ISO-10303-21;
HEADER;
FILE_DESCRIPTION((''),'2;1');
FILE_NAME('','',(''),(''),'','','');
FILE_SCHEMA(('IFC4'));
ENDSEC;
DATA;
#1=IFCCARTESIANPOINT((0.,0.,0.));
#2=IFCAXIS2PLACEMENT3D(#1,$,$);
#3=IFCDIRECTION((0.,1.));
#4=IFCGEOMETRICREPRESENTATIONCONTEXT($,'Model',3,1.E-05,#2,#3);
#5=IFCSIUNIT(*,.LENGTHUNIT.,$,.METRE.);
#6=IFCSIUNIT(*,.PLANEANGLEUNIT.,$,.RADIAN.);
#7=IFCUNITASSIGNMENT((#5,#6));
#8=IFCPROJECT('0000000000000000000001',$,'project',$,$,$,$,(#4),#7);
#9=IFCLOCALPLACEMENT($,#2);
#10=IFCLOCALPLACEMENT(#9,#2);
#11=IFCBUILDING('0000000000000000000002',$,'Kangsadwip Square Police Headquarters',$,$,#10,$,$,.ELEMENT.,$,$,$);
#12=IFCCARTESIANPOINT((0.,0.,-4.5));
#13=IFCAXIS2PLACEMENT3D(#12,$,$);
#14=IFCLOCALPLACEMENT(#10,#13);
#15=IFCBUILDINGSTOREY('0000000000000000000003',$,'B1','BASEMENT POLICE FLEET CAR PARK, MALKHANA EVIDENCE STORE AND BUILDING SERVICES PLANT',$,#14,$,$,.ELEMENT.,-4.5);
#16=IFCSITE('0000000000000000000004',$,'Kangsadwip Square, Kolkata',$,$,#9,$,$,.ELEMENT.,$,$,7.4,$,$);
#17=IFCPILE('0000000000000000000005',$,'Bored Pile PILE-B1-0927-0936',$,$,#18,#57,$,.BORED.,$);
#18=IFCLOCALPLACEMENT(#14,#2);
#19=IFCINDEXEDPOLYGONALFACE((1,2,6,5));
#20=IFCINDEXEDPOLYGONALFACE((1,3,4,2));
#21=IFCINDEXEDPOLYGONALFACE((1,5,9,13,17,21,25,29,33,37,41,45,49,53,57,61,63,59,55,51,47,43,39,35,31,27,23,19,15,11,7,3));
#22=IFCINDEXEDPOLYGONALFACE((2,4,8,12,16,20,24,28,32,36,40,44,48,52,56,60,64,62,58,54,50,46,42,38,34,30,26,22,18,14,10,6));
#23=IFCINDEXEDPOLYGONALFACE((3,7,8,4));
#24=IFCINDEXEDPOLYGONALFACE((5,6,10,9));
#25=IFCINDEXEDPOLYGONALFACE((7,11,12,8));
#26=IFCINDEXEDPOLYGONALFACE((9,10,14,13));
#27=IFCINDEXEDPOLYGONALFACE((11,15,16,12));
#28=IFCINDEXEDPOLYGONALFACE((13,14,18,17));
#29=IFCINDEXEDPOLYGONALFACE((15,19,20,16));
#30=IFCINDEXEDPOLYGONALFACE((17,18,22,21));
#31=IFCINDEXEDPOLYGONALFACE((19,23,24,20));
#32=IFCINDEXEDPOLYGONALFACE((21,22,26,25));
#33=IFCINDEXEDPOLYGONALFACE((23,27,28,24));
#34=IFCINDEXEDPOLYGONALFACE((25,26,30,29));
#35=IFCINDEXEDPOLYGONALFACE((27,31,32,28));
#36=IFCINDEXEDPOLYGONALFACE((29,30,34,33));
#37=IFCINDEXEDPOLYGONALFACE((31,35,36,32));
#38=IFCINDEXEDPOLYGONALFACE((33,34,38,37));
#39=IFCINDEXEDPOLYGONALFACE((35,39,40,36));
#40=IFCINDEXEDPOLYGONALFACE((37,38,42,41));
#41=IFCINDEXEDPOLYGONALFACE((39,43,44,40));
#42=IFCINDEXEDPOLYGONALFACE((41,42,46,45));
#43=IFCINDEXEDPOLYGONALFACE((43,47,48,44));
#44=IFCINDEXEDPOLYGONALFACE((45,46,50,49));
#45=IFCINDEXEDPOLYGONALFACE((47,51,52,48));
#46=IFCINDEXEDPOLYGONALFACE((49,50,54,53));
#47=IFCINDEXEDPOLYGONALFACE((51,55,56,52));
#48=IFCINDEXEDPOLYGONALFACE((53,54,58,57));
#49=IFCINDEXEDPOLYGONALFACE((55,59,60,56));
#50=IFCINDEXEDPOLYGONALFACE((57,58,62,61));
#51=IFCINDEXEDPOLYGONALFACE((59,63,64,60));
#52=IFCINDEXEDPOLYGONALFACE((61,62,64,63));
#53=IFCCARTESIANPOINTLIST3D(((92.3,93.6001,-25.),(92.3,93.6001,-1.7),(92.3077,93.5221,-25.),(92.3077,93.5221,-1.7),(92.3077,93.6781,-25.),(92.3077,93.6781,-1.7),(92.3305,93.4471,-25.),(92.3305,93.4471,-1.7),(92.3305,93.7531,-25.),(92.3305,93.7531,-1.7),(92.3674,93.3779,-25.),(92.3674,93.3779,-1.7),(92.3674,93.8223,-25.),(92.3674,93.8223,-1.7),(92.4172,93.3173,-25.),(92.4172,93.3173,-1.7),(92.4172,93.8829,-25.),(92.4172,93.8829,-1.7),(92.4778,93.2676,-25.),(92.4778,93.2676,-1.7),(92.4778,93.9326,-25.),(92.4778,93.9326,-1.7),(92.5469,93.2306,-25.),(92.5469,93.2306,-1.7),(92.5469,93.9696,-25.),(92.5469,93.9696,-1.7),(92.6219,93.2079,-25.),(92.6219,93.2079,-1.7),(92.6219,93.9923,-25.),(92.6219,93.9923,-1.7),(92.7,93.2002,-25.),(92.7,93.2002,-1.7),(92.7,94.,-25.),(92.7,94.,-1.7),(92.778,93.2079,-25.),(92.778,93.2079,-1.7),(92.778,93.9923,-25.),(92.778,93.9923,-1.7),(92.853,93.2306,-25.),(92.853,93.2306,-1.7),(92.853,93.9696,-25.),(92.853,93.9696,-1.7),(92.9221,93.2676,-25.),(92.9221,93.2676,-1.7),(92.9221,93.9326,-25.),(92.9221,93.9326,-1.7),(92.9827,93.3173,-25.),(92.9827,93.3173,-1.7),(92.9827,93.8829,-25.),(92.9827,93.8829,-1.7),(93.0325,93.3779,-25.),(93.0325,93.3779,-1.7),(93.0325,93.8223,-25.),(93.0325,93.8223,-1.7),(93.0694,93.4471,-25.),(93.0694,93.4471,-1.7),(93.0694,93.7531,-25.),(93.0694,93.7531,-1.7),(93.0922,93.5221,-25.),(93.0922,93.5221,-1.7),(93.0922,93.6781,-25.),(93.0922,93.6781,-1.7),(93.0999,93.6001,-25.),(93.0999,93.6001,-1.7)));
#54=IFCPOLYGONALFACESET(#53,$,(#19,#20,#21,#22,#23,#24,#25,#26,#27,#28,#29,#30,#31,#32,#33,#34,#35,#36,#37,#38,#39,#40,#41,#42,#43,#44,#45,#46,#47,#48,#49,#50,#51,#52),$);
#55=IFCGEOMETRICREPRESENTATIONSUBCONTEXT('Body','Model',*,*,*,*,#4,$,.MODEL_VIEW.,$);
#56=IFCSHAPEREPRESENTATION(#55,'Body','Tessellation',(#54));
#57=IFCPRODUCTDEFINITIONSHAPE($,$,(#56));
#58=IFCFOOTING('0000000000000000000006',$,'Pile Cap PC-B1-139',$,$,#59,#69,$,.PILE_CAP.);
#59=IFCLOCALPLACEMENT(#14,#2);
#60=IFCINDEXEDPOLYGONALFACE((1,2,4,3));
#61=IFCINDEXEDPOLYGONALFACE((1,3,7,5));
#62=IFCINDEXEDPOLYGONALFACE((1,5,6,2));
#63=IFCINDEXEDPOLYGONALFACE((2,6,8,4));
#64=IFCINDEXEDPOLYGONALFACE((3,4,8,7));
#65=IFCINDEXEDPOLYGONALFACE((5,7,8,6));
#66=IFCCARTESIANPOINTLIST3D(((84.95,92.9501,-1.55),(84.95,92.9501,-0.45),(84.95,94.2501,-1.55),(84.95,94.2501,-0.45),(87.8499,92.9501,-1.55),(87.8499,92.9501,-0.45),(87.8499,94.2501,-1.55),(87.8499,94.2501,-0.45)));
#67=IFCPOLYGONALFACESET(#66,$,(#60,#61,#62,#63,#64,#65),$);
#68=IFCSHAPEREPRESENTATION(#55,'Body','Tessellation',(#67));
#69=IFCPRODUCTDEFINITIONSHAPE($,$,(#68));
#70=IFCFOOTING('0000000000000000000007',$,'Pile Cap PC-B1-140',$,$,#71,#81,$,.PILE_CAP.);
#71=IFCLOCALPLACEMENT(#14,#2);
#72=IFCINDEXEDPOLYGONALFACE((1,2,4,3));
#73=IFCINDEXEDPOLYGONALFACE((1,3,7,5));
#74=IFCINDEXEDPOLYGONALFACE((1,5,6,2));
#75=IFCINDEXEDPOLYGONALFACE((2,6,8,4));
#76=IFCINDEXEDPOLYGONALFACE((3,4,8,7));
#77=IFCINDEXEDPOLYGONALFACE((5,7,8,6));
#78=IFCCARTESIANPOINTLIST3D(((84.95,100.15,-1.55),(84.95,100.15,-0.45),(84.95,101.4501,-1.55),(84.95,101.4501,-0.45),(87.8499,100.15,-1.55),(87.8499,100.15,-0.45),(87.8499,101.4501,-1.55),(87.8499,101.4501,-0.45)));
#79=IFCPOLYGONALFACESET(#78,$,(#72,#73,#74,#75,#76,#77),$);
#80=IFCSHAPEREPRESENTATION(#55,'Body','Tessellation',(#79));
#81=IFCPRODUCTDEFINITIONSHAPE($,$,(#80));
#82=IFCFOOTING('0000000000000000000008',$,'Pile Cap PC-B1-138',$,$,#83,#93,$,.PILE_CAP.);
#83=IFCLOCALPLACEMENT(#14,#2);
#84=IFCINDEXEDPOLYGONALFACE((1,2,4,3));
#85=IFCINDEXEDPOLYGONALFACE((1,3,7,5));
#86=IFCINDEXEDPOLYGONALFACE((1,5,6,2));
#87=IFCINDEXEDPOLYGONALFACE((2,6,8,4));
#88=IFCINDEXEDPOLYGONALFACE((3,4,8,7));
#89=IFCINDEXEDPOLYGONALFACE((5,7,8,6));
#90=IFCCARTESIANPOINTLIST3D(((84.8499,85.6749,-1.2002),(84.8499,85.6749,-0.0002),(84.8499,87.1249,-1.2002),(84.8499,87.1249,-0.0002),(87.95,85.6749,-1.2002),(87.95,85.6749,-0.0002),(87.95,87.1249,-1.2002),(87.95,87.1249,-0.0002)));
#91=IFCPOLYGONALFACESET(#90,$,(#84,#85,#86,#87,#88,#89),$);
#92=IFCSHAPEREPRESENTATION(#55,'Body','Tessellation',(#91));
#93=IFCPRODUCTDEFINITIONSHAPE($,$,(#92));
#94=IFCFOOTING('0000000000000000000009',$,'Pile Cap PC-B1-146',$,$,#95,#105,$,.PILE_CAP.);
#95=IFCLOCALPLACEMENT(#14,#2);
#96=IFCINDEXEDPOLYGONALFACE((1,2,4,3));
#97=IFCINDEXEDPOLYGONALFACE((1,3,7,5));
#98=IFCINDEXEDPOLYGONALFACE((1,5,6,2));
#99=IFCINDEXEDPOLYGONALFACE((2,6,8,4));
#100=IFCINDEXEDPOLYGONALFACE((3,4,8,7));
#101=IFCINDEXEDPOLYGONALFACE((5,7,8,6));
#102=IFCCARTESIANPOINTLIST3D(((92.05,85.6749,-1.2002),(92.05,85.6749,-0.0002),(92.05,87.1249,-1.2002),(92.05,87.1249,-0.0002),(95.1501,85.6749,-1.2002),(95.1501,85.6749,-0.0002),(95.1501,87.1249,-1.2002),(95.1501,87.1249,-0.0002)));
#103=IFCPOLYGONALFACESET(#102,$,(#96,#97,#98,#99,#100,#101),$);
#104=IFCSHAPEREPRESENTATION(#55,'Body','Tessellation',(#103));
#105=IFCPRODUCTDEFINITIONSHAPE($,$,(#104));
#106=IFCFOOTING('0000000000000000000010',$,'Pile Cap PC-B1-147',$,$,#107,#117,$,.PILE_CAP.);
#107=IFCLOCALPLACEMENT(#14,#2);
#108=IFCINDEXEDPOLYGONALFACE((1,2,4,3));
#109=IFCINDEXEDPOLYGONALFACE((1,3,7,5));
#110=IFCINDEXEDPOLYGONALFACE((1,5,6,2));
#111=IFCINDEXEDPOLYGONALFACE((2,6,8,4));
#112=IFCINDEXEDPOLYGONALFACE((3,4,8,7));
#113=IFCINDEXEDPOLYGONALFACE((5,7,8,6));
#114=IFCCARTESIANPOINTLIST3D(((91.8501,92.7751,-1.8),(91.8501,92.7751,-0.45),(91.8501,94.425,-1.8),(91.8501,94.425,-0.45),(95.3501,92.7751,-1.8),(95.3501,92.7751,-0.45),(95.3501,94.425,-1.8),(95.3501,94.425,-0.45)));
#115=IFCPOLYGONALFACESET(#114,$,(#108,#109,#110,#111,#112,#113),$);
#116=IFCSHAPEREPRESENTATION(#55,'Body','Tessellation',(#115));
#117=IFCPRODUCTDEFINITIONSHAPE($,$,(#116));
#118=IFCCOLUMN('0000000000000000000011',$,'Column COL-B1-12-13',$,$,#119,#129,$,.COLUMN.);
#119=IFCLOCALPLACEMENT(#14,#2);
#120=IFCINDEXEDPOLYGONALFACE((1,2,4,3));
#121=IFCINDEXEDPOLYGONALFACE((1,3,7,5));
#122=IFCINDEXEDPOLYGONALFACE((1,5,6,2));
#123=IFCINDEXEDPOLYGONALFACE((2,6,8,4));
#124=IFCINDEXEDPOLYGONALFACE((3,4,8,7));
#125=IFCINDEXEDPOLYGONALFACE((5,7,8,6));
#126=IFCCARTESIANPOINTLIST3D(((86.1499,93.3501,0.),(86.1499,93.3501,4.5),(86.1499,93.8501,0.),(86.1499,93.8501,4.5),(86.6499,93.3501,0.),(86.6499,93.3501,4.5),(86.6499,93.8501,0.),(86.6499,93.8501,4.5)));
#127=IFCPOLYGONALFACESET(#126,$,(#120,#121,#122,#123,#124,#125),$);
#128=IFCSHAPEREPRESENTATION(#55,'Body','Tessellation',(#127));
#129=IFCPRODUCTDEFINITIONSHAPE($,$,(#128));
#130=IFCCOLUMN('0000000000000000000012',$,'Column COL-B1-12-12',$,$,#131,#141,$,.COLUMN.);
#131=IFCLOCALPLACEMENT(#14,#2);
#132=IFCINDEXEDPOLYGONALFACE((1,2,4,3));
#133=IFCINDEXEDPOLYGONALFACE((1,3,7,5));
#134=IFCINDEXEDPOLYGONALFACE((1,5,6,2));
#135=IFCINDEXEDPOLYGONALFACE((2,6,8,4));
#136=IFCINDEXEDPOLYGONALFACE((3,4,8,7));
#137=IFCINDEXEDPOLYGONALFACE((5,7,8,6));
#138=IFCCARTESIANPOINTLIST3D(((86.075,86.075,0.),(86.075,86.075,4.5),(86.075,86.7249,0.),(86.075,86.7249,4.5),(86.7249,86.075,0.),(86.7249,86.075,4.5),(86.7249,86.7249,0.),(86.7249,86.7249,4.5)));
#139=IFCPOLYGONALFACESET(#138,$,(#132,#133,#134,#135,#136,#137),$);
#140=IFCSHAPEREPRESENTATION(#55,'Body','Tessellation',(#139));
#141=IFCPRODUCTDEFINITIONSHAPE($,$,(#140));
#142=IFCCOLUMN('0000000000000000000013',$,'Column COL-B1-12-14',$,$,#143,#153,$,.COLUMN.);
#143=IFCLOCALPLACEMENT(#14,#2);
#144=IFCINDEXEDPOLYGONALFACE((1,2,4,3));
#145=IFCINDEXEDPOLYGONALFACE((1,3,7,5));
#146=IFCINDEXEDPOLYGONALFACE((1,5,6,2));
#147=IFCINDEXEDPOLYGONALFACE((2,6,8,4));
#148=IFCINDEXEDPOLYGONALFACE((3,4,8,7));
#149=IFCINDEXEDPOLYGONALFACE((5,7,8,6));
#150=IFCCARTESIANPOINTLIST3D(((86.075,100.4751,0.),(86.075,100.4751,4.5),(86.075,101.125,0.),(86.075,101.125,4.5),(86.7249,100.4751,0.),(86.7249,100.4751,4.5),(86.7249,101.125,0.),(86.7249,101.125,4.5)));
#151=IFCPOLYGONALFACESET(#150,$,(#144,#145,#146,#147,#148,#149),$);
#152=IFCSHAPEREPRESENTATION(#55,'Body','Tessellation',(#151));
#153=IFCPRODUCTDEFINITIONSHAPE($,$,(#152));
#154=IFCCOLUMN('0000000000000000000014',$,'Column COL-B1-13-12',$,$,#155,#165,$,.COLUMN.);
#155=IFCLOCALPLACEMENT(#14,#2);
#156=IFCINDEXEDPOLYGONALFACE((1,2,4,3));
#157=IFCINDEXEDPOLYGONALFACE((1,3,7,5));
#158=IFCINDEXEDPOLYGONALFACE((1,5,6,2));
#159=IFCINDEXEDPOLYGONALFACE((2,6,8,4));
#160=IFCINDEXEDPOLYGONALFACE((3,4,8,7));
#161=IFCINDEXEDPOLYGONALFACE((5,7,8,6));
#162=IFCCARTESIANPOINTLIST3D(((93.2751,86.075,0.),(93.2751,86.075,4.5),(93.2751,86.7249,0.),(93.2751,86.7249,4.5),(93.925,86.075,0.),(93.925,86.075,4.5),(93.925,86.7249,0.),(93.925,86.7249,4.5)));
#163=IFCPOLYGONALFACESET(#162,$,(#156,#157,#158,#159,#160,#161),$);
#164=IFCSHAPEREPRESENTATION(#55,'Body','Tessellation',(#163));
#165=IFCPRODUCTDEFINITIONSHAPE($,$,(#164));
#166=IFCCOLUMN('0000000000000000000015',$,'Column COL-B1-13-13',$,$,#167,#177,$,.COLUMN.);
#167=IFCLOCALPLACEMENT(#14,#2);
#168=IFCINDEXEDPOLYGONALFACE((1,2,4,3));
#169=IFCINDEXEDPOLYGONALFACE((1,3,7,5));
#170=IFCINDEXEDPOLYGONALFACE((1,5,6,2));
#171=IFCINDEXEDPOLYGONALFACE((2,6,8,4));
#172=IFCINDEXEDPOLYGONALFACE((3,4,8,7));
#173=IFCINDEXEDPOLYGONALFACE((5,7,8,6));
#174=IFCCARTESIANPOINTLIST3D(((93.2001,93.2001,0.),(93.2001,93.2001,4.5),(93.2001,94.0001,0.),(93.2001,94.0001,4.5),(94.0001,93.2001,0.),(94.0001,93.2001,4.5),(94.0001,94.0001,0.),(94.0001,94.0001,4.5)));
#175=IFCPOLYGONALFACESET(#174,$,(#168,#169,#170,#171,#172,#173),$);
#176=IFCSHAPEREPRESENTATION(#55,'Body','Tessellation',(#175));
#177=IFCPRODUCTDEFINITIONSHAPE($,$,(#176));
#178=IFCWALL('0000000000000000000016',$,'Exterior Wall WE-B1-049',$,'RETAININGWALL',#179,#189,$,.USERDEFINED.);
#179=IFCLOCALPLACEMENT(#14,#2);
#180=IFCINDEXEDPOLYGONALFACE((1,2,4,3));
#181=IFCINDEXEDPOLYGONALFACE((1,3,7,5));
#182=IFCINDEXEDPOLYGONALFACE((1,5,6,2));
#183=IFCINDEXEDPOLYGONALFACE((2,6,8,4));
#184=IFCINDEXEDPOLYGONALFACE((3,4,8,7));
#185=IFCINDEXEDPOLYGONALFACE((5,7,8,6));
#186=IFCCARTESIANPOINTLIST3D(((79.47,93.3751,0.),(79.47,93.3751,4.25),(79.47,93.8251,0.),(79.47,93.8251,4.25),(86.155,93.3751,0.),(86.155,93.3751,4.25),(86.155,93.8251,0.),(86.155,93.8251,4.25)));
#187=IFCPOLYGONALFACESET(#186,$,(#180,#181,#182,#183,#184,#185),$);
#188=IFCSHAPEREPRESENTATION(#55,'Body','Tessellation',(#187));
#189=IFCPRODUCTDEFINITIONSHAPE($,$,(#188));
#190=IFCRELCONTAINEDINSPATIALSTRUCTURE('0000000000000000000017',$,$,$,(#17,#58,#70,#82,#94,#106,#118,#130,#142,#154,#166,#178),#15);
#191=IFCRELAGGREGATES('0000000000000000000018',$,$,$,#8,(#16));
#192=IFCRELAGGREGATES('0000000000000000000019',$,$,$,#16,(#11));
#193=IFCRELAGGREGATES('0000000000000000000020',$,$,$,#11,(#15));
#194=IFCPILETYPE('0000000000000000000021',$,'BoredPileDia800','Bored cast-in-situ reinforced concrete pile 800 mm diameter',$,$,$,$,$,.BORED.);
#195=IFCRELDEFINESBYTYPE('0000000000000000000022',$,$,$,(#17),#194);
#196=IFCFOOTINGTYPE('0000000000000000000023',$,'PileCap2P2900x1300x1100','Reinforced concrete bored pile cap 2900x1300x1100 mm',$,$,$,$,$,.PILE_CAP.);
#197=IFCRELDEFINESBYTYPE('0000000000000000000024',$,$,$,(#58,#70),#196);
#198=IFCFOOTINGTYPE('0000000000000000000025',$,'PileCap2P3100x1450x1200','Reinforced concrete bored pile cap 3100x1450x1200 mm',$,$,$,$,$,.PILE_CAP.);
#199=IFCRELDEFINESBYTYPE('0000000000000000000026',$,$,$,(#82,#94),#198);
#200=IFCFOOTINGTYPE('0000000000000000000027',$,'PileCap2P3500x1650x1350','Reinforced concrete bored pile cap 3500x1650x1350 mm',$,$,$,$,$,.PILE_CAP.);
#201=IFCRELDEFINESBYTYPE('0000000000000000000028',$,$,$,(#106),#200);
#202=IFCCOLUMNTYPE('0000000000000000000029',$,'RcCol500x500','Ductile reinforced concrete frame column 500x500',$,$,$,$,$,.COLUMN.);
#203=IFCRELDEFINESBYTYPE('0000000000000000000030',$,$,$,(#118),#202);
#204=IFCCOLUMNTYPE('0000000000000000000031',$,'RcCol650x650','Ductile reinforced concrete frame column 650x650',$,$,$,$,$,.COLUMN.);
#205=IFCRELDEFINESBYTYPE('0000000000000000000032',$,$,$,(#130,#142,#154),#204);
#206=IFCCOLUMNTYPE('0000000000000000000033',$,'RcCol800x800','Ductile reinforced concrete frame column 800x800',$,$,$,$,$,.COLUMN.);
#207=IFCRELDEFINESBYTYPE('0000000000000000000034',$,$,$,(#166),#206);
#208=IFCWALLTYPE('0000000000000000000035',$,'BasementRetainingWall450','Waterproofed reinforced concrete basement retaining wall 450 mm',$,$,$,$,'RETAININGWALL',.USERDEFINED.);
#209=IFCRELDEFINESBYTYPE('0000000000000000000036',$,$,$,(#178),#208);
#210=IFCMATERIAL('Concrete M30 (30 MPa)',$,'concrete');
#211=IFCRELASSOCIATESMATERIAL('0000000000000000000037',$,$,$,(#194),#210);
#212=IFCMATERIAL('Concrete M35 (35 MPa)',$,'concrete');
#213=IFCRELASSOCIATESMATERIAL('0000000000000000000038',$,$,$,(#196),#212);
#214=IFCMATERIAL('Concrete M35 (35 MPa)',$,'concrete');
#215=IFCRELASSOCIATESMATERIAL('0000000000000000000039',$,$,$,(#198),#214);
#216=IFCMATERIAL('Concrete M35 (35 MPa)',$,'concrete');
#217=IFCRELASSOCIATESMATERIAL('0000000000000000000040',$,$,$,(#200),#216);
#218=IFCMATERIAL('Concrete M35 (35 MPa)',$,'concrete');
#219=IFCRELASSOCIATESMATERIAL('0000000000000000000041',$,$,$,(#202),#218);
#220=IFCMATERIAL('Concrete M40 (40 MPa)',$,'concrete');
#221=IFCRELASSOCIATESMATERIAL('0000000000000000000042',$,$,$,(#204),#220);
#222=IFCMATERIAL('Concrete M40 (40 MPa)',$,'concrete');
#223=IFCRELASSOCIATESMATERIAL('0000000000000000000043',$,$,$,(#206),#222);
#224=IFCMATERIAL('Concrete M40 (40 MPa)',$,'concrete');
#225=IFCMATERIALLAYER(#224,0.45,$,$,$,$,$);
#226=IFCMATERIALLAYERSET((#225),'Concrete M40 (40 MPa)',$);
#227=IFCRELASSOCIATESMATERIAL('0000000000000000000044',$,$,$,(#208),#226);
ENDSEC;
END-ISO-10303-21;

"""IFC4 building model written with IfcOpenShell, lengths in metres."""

from ifc_helpers import new_model, si_unit, direction, frame, frame_2d, origin, origin_2d, place, context, subcontext, project, spatial, rectangle, circle, extrude, material, layer, layer_set, material_profile, profile_set, type_object, element, save


model = new_model("IFC4")

# Units and contexts
model_context = context("Model", 3, precision=1e-05, world=origin(), true_north=direction((0.0, 1.0)))
body_context = subcontext(model_context, "Body", "Model", "MODEL_VIEW")
ifc_project = project(units=[si_unit("LENGTHUNIT", "METRE"), si_unit("PLANEANGLEUNIT", "RADIAN")], contexts=[model_context])

# Site, building, storey
site_placement = place(None, origin())
site = spatial("IfcSite", under=ifc_project, at=site_placement, Name="Kangsadwip Square, Kolkata", CompositionType="ELEMENT", RefElevation=7.4)
building_placement = place(site_placement, origin())
building = spatial("IfcBuilding", under=site, at=building_placement, Name="Kangsadwip Square Police Headquarters", CompositionType="ELEMENT")
storey_placement = place(building_placement, frame((0.0, 0.0, -4.5)))
storey = spatial("IfcBuildingStorey", under=building, at=storey_placement, Name="B1", Description="BASEMENT POLICE FLEET CAR PARK, MALKHANA EVIDENCE STORE AND BUILDING SERVICES PLANT", CompositionType="ELEMENT", Elevation=-4.5)

# Pile
ifc_material_1 = material(Name="Concrete M30 (30 MPa)", Category="concrete")
ifc_material_profile_1 = material_profile(ifc_material_1, circle(Radius=0.3999, at=origin_2d()), Name="PILE DIA 800")
ifc_profile_set_1 = profile_set([ifc_material_profile_1], Name="Concrete M30 (30 MPa)")
pile_type_1 = type_object("IfcPileType", Name="BoredPileDia800", Description="Bored cast-in-situ reinforced concrete pile 800 mm diameter", PredefinedType="BORED", material=ifc_profile_set_1)
pile_1_placement = place(storey_placement, frame((92.7, 93.6001, -1.7), z_axis=(0.0, 0.0, -1.0), x_axis=(1.0, 0.0, 0.0)))
element("IfcPile", 1, at=pile_1_placement, inside=storey, type_object=pile_type_1, Name="Bored Pile PILE-B1-0927-0936", PredefinedType="BORED", context=body_context, shape_type="SweptSolid", body=[
    extrude(circle(Radius=0.3999, at=origin_2d()), origin(), (0.0, 0.0, 1.0), 23.3),
])

# Footings
ifc_material_2 = material(Name="Concrete M35 (35 MPa)", Category="concrete")
footing_type_1 = type_object("IfcFootingType", Name="PileCap2P2900x1300x1100", Description="Reinforced concrete bored pile cap 2900x1300x1100 mm", PredefinedType="PILE_CAP", material=ifc_material_2)
for number, where, z_axis, x_axis, name in (
    (2, (86.3999, 93.6001, -1.55), (0.0, 0.0, 1.0), (1.0, 0.0, 0.0), "Pile Cap PC-B1-139"),
    (3, (86.3999, 100.8, -1.55), (0.0, 0.0, 1.0), (1.0, 0.0, 0.0), "Pile Cap PC-B1-140"),
):
    element("IfcFooting", number, at=place(storey_placement, frame(where, z_axis=z_axis, x_axis=x_axis)), inside=storey, type_object=footing_type_1, Name=name, PredefinedType="PILE_CAP", context=body_context, shape_type="SweptSolid", body=[
        extrude(rectangle(XDim=2.8999, YDim=1.3, at=origin_2d()), origin(), (0.0, 0.0, 1.0), 1.1001),
    ])
ifc_material_3 = material(Name="Concrete M35 (35 MPa)", Category="concrete")
footing_type_2 = type_object("IfcFootingType", Name="PileCap2P3100x1450x1200", Description="Reinforced concrete bored pile cap 3100x1450x1200 mm", PredefinedType="PILE_CAP", material=ifc_material_3)
for number, where, z_axis, x_axis, name in (
    (4, (86.3999, 86.3999, -1.2002), (0.0, 0.0, 1.0), (1.0, 0.0, 0.0), "Pile Cap PC-B1-138"),
    (5, (93.6001, 86.3999, -1.2002), (0.0, 0.0, 1.0), (1.0, 0.0, 0.0), "Pile Cap PC-B1-146"),
):
    element("IfcFooting", number, at=place(storey_placement, frame(where, z_axis=z_axis, x_axis=x_axis)), inside=storey, type_object=footing_type_2, Name=name, PredefinedType="PILE_CAP", context=body_context, shape_type="SweptSolid", body=[
        extrude(rectangle(XDim=3.1001, YDim=1.45, at=origin_2d()), origin(), (0.0, 0.0, 1.0), 1.2),
    ])
ifc_material_4 = material(Name="Concrete M35 (35 MPa)", Category="concrete")
footing_type_3 = type_object("IfcFootingType", Name="PileCap2P3500x1650x1350", Description="Reinforced concrete bored pile cap 3500x1650x1350 mm", PredefinedType="PILE_CAP", material=ifc_material_4)
footing_placement = place(storey_placement, frame((93.6001, 93.6001, -1.8), z_axis=(0.0, 0.0, 1.0), x_axis=(1.0, 0.0, 0.0)))
element("IfcFooting", 6, at=footing_placement, inside=storey, type_object=footing_type_3, Name="Pile Cap PC-B1-147", PredefinedType="PILE_CAP", context=body_context, shape_type="SweptSolid", body=[
    extrude(rectangle(XDim=3.5, YDim=1.6499, at=origin_2d()), origin(), (0.0, 0.0, 1.0), 1.3501),
])

# Columns
ifc_material_5 = material(Name="Concrete M35 (35 MPa)", Category="concrete")
ifc_material_profile_2 = material_profile(ifc_material_5, rectangle(XDim=0.5, YDim=0.5, at=origin_2d()), Name="RC COL 500X500")
ifc_profile_set_2 = profile_set([ifc_material_profile_2], Name="Concrete M35 (35 MPa)")
column_type_1 = type_object("IfcColumnType", Name="RcCol500x500", Description="Ductile reinforced concrete frame column 500x500", PredefinedType="COLUMN", material=ifc_profile_set_2)
column_1_placement = place(storey_placement, frame((86.3999, 93.6001, 0.0), z_axis=(0.0, 0.0, 1.0), x_axis=(1.0, 0.0, 0.0)))
element("IfcColumn", 7, at=column_1_placement, inside=storey, type_object=column_type_1, Name="Column COL-B1-12-13", PredefinedType="COLUMN", context=body_context, shape_type="SweptSolid", body=[
    extrude(rectangle(XDim=0.5, YDim=0.5, at=origin_2d()), origin(), (0.0, 0.0, 1.0), 4.5),
])
ifc_material_6 = material(Name="Concrete M40 (40 MPa)", Category="concrete")
ifc_material_profile_3 = material_profile(ifc_material_6, rectangle(XDim=0.6499, YDim=0.6499, at=origin_2d()), Name="RC COL 650X650")
ifc_profile_set_3 = profile_set([ifc_material_profile_3], Name="Concrete M40 (40 MPa)")
column_type_2 = type_object("IfcColumnType", Name="RcCol650x650", Description="Ductile reinforced concrete frame column 650x650", PredefinedType="COLUMN", material=ifc_profile_set_3)
for number, where, z_axis, x_axis, name in (
    (8, (86.3999, 86.3999, 0.0), (0.0, 0.0, 1.0), (1.0, 0.0, 0.0), "Column COL-B1-12-12"),
    (9, (86.3999, 100.8, 0.0), (0.0, 0.0, 1.0), (1.0, 0.0, 0.0), "Column COL-B1-12-14"),
    (10, (93.6001, 86.3999, 0.0), (0.0, 0.0, 1.0), (1.0, 0.0, 0.0), "Column COL-B1-13-12"),
):
    element("IfcColumn", number, at=place(storey_placement, frame(where, z_axis=z_axis, x_axis=x_axis)), inside=storey, type_object=column_type_2, Name=name, PredefinedType="COLUMN", context=body_context, shape_type="SweptSolid", body=[
        extrude(rectangle(XDim=0.6499, YDim=0.6499, at=origin_2d()), origin(), (0.0, 0.0, 1.0), 4.5),
    ])
ifc_material_7 = material(Name="Concrete M40 (40 MPa)", Category="concrete")
ifc_material_profile_4 = material_profile(ifc_material_7, rectangle(XDim=0.8, YDim=0.8, at=origin_2d()), Name="RC COL 800X800")
ifc_profile_set_4 = profile_set([ifc_material_profile_4], Name="Concrete M40 (40 MPa)")
column_type_3 = type_object("IfcColumnType", Name="RcCol800x800", Description="Ductile reinforced concrete frame column 800x800", PredefinedType="COLUMN", material=ifc_profile_set_4)
column_2_placement = place(storey_placement, frame((93.6001, 93.6001, 0.0), z_axis=(0.0, 0.0, 1.0), x_axis=(1.0, 0.0, 0.0)))
element("IfcColumn", 11, at=column_2_placement, inside=storey, type_object=column_type_3, Name="Column COL-B1-13-13", PredefinedType="COLUMN", context=body_context, shape_type="SweptSolid", body=[
    extrude(rectangle(XDim=0.8, YDim=0.8, at=origin_2d()), origin(), (0.0, 0.0, 1.0), 4.5),
])

# Wall
ifc_material_8 = material(Name="Concrete M40 (40 MPa)", Category="concrete")
ifc_layer = layer(ifc_material_8, 0.45)
ifc_layer_set = layer_set([ifc_layer], Name="Concrete M40 (40 MPa)")
wall_type = type_object("IfcWallType", Name="BasementRetainingWall450", Description="Waterproofed reinforced concrete basement retaining wall 450 mm", ElementType="RETAININGWALL", PredefinedType="USERDEFINED", material=ifc_layer_set)
wall_1_placement = place(storey_placement, frame((79.47, 93.6001, 0.0), z_axis=(0.0, 0.0, 1.0), x_axis=(1.0, 0.0, 0.0)))
element("IfcWall", 12, at=wall_1_placement, inside=storey, type_object=wall_type, Name="Exterior Wall WE-B1-049", ObjectType="RETAININGWALL", PredefinedType="USERDEFINED", context=body_context, shape_type="SweptSolid", body=[
    extrude(rectangle(XDim=6.6851, YDim=0.45, at=frame_2d((3.3425, 0.0))), origin(), (0.0, 0.0, 1.0), 4.25),
])

save(model, "model.ifc")
